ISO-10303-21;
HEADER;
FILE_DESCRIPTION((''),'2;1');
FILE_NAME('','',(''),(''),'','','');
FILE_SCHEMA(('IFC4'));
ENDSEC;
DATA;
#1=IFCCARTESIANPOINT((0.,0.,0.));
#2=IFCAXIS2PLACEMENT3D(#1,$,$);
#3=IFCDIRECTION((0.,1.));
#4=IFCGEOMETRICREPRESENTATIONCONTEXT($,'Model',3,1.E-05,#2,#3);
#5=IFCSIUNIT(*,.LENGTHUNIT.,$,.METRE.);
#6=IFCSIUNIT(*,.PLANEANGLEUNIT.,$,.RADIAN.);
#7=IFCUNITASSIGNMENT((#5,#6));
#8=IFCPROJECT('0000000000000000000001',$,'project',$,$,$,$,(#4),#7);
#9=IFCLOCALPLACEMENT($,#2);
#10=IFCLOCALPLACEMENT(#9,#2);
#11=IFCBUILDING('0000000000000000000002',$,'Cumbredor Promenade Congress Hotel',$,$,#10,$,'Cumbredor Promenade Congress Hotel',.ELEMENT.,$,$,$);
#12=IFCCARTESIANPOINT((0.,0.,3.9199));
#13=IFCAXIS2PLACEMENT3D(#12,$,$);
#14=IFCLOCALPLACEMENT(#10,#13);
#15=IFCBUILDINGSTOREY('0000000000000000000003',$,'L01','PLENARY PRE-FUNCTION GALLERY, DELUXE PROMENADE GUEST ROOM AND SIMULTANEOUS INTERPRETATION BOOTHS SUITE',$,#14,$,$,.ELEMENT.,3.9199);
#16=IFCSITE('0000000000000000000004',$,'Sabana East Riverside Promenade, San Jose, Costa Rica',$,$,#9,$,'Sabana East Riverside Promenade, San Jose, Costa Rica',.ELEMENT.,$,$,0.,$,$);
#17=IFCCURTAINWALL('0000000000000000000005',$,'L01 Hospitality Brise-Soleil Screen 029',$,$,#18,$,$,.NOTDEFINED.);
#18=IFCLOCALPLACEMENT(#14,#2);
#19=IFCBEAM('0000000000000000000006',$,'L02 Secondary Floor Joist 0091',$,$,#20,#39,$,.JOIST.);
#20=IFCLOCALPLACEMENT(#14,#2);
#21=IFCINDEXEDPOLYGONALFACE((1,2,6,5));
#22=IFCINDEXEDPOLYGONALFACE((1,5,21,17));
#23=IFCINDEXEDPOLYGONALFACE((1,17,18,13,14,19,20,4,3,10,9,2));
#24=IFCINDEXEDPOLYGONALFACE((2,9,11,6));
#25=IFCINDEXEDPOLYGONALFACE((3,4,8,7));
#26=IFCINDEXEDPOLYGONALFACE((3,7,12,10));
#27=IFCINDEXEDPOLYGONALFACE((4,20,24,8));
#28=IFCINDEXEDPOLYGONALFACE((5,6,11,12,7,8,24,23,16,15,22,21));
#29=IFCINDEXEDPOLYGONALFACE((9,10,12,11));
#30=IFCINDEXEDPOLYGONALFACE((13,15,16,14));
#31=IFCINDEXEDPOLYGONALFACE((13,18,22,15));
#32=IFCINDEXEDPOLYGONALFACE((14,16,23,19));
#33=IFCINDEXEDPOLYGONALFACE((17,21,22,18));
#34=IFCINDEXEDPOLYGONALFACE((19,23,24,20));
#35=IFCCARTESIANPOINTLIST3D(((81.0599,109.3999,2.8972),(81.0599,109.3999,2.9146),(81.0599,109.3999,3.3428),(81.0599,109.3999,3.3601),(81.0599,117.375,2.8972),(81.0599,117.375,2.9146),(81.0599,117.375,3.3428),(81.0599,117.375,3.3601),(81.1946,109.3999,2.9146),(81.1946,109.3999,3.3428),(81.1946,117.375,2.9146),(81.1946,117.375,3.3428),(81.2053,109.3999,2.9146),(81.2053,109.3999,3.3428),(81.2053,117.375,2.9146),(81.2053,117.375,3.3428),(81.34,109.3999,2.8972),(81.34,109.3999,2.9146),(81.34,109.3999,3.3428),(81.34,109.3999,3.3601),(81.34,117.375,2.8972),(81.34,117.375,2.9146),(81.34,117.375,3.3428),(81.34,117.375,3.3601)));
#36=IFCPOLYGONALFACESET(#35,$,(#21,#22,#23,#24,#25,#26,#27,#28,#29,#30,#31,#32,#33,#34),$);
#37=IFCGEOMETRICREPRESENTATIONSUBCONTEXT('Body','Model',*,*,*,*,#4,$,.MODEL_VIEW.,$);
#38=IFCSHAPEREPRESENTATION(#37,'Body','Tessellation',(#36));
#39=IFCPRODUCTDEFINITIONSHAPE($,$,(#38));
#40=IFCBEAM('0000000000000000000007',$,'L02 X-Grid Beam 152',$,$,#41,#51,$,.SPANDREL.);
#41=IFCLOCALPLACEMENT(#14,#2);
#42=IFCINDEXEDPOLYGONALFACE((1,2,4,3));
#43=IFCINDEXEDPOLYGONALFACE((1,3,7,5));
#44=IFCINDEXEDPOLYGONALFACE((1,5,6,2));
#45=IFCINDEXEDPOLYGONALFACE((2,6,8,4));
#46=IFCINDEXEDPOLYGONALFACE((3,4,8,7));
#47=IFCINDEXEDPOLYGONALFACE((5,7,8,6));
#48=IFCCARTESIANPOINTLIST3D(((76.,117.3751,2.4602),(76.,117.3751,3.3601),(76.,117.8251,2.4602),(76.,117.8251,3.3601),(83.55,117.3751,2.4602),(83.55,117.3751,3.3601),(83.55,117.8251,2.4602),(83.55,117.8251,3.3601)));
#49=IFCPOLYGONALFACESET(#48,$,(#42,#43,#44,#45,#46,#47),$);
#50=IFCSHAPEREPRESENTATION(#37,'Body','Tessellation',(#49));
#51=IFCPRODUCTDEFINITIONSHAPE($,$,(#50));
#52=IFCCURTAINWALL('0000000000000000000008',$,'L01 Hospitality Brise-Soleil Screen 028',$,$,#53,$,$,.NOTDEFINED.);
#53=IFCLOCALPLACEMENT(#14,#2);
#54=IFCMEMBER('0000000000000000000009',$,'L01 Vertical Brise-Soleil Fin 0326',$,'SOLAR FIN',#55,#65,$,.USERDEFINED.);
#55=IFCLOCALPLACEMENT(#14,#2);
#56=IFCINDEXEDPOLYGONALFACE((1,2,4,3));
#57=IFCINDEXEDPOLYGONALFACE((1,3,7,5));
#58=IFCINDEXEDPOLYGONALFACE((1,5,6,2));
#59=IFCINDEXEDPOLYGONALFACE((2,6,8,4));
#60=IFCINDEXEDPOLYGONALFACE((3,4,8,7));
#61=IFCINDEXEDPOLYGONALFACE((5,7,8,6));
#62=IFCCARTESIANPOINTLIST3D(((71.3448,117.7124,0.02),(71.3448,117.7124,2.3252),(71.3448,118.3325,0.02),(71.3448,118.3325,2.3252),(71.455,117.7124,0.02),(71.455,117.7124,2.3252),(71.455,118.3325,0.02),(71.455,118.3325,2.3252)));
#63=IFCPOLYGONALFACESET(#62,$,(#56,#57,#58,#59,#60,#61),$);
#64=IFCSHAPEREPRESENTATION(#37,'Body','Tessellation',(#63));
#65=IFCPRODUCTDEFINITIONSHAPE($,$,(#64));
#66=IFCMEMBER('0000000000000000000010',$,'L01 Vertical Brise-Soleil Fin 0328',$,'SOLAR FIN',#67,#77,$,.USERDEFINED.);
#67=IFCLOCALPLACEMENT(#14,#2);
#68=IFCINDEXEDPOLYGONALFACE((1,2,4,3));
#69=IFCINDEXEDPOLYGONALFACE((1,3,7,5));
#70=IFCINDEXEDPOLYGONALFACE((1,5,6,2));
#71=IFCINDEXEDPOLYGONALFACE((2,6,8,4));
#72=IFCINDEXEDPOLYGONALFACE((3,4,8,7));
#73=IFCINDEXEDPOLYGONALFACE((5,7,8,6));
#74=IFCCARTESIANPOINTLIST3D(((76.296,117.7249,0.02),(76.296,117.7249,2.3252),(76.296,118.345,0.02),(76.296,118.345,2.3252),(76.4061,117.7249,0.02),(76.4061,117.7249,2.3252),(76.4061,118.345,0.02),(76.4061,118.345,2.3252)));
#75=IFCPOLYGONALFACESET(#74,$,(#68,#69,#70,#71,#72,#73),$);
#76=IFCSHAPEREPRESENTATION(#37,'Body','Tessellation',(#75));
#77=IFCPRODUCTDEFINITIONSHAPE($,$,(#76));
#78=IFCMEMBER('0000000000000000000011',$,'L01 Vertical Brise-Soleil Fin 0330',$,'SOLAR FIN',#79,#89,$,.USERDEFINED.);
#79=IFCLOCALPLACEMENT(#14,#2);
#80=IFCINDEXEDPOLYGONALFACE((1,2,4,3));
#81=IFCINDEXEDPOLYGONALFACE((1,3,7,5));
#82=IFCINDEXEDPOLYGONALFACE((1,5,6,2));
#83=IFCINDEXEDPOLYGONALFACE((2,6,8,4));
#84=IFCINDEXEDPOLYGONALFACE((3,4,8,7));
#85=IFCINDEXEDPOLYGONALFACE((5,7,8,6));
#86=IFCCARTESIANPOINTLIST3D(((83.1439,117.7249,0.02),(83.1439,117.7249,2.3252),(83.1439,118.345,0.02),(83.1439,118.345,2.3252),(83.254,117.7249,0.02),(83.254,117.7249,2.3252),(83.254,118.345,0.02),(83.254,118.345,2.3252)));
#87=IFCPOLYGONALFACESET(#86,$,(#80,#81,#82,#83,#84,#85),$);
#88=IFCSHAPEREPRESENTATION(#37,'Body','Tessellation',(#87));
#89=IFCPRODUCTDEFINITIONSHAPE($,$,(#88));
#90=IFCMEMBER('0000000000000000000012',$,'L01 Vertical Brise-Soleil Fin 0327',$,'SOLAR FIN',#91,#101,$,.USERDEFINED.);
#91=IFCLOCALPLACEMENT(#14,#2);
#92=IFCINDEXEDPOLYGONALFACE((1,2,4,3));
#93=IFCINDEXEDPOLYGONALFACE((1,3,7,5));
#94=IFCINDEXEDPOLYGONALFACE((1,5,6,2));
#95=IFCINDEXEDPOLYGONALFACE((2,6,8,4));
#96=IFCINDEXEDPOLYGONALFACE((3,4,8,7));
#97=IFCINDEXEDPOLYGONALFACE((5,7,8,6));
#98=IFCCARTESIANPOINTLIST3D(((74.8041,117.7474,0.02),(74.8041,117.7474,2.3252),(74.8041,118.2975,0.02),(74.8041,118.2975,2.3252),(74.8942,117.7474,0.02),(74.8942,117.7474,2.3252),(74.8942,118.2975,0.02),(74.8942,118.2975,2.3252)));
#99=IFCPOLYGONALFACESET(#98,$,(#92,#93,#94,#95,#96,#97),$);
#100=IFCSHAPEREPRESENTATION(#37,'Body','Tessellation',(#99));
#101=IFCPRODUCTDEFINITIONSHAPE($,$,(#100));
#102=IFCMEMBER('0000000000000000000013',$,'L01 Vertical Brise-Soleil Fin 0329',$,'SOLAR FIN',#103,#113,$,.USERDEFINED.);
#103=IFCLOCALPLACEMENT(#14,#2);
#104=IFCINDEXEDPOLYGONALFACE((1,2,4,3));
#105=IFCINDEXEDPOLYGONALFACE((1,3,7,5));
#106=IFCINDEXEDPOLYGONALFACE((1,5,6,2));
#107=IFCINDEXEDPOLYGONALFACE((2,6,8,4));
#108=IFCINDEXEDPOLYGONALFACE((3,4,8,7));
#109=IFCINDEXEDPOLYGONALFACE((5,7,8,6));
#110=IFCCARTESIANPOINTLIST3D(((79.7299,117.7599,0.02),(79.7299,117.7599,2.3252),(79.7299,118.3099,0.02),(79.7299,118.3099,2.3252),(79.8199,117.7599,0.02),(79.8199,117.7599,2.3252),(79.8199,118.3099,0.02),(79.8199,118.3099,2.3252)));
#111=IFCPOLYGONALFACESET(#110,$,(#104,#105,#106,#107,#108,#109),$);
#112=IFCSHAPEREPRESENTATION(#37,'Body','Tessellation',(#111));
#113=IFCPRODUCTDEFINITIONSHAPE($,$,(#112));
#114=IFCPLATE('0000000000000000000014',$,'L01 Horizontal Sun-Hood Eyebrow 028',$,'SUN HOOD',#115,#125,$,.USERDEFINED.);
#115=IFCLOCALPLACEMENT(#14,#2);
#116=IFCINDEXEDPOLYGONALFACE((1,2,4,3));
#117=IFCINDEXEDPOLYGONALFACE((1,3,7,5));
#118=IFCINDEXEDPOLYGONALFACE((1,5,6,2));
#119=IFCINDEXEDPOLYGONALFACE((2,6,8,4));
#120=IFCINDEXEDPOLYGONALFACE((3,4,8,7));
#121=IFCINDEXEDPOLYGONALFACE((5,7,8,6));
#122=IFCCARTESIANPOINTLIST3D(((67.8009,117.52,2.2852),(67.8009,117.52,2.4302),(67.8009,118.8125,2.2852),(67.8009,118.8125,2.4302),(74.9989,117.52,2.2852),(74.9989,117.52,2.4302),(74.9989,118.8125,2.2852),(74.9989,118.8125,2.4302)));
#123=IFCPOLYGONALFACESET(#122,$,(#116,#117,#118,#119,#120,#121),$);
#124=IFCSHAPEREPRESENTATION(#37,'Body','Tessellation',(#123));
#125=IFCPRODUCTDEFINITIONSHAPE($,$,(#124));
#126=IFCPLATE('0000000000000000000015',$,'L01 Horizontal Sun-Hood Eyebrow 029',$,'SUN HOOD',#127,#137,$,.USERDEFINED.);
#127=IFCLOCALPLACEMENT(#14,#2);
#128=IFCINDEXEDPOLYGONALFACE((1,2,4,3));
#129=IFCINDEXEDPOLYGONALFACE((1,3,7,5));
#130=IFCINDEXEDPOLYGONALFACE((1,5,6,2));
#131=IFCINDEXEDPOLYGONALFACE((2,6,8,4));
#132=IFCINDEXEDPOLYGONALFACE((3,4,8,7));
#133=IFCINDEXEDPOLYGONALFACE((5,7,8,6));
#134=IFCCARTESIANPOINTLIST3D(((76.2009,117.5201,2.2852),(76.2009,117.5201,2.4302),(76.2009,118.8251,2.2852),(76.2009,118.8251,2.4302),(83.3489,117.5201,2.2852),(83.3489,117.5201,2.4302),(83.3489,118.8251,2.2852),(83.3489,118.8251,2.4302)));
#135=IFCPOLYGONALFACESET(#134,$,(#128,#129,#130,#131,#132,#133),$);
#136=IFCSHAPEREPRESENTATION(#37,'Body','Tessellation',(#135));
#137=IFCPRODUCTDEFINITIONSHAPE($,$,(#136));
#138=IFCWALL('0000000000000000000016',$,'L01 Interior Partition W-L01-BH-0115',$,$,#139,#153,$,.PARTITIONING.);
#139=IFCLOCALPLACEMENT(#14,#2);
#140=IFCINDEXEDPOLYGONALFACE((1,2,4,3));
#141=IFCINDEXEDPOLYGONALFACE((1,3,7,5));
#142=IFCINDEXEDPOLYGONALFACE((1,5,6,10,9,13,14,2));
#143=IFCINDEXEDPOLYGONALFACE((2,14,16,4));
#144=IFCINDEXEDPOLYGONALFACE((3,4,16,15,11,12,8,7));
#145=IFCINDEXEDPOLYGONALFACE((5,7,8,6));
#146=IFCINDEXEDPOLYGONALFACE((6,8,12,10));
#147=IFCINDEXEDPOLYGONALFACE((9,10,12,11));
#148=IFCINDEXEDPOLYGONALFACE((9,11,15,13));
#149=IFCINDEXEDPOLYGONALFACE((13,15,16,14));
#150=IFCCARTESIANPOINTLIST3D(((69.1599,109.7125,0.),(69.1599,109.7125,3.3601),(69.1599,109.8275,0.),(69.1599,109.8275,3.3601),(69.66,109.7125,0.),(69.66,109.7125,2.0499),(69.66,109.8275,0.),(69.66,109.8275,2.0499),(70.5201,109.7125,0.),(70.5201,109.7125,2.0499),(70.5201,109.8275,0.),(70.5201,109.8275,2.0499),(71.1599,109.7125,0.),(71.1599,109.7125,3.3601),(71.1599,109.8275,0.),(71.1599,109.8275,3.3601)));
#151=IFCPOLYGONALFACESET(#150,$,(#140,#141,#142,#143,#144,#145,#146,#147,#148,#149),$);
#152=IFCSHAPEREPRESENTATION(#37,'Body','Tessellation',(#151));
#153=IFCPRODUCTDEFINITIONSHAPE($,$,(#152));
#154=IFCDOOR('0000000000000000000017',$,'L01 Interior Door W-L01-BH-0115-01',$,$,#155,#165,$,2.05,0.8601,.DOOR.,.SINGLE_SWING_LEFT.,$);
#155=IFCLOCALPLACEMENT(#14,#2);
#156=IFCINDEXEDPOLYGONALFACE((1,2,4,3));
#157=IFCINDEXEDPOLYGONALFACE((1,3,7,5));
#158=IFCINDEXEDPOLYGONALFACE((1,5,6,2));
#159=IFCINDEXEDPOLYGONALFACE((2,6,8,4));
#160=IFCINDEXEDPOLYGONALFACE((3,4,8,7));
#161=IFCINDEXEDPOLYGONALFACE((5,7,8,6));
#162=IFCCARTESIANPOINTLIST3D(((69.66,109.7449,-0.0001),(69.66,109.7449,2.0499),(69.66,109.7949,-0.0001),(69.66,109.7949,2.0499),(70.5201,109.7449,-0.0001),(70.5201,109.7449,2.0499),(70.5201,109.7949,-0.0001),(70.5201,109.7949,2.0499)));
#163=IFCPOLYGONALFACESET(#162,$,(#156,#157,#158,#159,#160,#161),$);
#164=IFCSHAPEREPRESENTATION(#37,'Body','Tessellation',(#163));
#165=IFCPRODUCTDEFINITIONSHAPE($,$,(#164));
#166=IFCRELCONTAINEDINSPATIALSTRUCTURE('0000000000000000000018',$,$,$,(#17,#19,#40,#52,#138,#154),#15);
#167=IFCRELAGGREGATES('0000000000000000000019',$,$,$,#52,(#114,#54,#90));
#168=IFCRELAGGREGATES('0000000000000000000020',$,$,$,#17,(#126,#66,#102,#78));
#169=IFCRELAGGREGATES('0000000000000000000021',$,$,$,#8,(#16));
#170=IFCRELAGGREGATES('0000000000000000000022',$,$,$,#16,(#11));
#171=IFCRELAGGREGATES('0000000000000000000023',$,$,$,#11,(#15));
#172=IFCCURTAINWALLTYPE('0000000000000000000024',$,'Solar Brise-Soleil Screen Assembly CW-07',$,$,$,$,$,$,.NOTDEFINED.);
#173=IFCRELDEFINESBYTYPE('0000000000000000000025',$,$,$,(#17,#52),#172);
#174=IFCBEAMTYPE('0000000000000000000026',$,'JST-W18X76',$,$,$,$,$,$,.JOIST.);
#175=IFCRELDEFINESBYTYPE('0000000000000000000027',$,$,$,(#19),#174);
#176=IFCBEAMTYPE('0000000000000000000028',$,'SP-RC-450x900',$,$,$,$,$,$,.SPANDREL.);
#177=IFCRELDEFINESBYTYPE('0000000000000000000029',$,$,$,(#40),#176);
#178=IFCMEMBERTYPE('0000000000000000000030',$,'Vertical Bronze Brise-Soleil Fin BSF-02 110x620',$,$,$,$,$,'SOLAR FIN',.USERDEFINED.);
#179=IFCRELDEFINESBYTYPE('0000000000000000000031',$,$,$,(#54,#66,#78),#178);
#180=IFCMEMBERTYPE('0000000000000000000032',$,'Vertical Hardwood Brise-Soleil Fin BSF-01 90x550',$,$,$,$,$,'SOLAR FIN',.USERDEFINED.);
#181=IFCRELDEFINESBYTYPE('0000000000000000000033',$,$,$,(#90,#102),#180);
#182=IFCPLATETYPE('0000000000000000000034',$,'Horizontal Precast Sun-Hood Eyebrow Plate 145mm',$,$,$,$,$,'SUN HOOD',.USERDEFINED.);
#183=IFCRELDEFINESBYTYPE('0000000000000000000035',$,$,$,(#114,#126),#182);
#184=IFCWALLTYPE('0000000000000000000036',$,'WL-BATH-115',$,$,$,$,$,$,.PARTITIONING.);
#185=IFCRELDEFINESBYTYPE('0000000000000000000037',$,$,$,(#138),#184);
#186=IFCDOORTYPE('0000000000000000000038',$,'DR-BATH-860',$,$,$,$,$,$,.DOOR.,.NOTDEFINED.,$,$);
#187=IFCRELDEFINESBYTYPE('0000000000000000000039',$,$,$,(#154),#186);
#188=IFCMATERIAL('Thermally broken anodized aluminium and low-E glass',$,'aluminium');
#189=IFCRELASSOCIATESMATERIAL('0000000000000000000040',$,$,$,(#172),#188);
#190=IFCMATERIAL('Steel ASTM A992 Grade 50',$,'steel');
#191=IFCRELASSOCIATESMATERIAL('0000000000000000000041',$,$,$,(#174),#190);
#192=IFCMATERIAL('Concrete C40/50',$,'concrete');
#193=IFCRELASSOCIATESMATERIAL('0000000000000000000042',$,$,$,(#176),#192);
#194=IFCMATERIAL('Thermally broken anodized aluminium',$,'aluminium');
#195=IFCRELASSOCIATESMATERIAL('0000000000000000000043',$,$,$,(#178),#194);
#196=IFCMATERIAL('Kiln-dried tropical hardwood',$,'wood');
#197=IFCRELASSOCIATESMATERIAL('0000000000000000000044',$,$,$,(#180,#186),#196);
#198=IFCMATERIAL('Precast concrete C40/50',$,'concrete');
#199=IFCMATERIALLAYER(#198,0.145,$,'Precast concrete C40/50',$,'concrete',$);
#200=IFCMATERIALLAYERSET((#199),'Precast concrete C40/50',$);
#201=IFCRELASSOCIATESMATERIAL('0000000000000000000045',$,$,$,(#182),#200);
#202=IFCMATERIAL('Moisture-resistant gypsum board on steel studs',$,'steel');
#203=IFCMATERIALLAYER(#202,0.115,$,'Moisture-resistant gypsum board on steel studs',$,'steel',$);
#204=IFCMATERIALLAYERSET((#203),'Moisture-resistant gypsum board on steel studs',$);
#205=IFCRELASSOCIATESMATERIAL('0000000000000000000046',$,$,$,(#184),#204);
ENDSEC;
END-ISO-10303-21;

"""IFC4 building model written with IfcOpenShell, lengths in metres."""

from ifc_helpers import new_model, si_unit, direction, frame, frame_2d, origin, origin_2d, place, context, subcontext, project, spatial, rectangle, i_section, extrude, material, layer, layer_set, material_profile, profile_set, type_object, element, fill, aggregate, save


model = new_model("IFC4")

# Units and contexts
model_context = context("Model", 3, precision=1e-05, world=origin(), true_north=direction((0.0, 1.0)))
body_context = subcontext(model_context, "Body", "Model", "MODEL_VIEW")
ifc_project = project(units=[si_unit("LENGTHUNIT", "METRE"), si_unit("PLANEANGLEUNIT", "RADIAN")], contexts=[model_context])

# Site, building, storey
site_placement = place(None, origin())
site = spatial("IfcSite", under=ifc_project, at=site_placement, Name="Sabana East Riverside Promenade, San Jose, Costa Rica", LongName="Sabana East Riverside Promenade, San Jose, Costa Rica", CompositionType="ELEMENT", RefElevation=0.0)
building_placement = place(site_placement, origin())
building = spatial("IfcBuilding", under=site, at=building_placement, Name="Cumbredor Promenade Congress Hotel", LongName="Cumbredor Promenade Congress Hotel", CompositionType="ELEMENT")
storey_placement = place(building_placement, frame((0.0, 0.0, 3.9199)))
storey = spatial("IfcBuildingStorey", under=building, at=storey_placement, Name="L01", Description="PLENARY PRE-FUNCTION GALLERY, DELUXE PROMENADE GUEST ROOM AND SIMULTANEOUS INTERPRETATION BOOTHS SUITE", CompositionType="ELEMENT", Elevation=3.9199)

# Shared definitions
ifc_material_1 = material(Name="Concrete C40/50", Category="concrete")
ifc_material_2 = material(Name="Steel ASTM A992 Grade 50", Category="steel")

# Curtain wall
ifc_material_3 = material(Name="Thermally broken anodized aluminium and low-E glass", Category="aluminium")
curtain_wall_type = type_object("IfcCurtainWallType", Name="Solar Brise-Soleil Screen Assembly CW-07", PredefinedType="NOTDEFINED", material=ifc_material_3)
curtain_wall_1_placement = place(storey_placement, origin())
curtain_wall_1 = element("IfcCurtainWall", 1, at=curtain_wall_1_placement, inside=storey, type_object=curtain_wall_type, Name="L01 Hospitality Brise-Soleil Screen 029", PredefinedType="NOTDEFINED")
ifc_material_4 = material(Name="Thermally broken anodized aluminium", Category="aluminium")

# Beams
ifc_material_profile_1 = material_profile(ifc_material_2, i_section(OverallWidth=0.28, OverallDepth=0.4629, WebThickness=0.0107, FlangeThickness=0.0173, at=origin_2d()), Name="W18X76")
ifc_profile_set_1 = profile_set([ifc_material_profile_1], Name="Steel ASTM A992 Grade 50")
beam_type_1 = type_object("IfcBeamType", Name="JST-W18X76", PredefinedType="JOIST", material=ifc_profile_set_1)
for number, where, z_axis, x_axis, name in (
    (2, (81.2, 109.3999, 3.1287), (0.0, 1.0, 0.0), (-1.0, 0.0, 0.0), "L02 Secondary Floor Joist 0091"),
):
    element("IfcBeam", number, at=place(storey_placement, frame(where, z_axis=z_axis, x_axis=x_axis)), inside=storey, type_object=beam_type_1, Name=name, PredefinedType="JOIST", context=body_context, shape_type="SweptSolid", body=[
        extrude(i_section(OverallWidth=0.28, OverallDepth=0.4629, WebThickness=0.0107, FlangeThickness=0.0173, at=origin_2d()), origin(), (0.0, 0.0, 1.0), 7.9751),
    ])
ifc_material_profile_2 = material_profile(ifc_material_1, rectangle(XDim=0.45, YDim=0.8999, at=origin_2d()), Name="RC SPANDREL 450x900")
ifc_profile_set_2 = profile_set([ifc_material_profile_2], Name="Concrete C40/50")
beam_type_2 = type_object("IfcBeamType", Name="SP-RC-450x900", PredefinedType="SPANDREL", material=ifc_profile_set_2)
beam_1_placement = place(storey_placement, frame((76.0, 117.6001, 2.9102), z_axis=(1.0, 0.0, 0.0), x_axis=(0.0, 1.0, 0.0)))
element("IfcBeam", 3, at=beam_1_placement, inside=storey, type_object=beam_type_2, Name="L02 X-Grid Beam 152", PredefinedType="SPANDREL", context=body_context, shape_type="SweptSolid", body=[
    extrude(rectangle(XDim=0.45, YDim=0.8999, at=origin_2d()), origin(), (0.0, 0.0, 1.0), 7.55),
])

# Curtain wall, member
curtain_wall_2_placement = place(storey_placement, origin())
curtain_wall_2 = element("IfcCurtainWall", 4, at=curtain_wall_2_placement, inside=storey, type_object=curtain_wall_type, Name="L01 Hospitality Brise-Soleil Screen 028", PredefinedType="NOTDEFINED")
ifc_material_profile_3 = material_profile(ifc_material_4, rectangle(XDim=0.1101, YDim=0.6201, at=origin_2d()), Name="ARCH FIN 110x620")
ifc_profile_set_3 = profile_set([ifc_material_profile_3], Name="Thermally broken anodized aluminium")
member_type_1 = type_object("IfcMemberType", Name="Vertical Bronze Brise-Soleil Fin BSF-02 110x620", ElementType="SOLAR FIN", PredefinedType="USERDEFINED", material=ifc_profile_set_3)
member_1_placement = place(storey_placement, frame((71.3999, 118.0225, 0.02), z_axis=(0.0, 0.0, 1.0), x_axis=(1.0, 0.0, 0.0)))
member_1 = element("IfcMember", 5, at=member_1_placement, type_object=member_type_1, Name="L01 Vertical Brise-Soleil Fin 0326", ObjectType="SOLAR FIN", PredefinedType="USERDEFINED", context=body_context, shape_type="SweptSolid", body=[
    extrude(rectangle(XDim=0.1101, YDim=0.6201, at=origin_2d()), origin(), (0.0, 0.0, 1.0), 2.3052),
])

# Members
member_2_placement = place(storey_placement, frame((76.3511, 118.0349, 0.02), z_axis=(0.0, 0.0, 1.0), x_axis=(1.0, 0.0, 0.0)))
member_2 = element("IfcMember", 6, at=member_2_placement, type_object=member_type_1, Name="L01 Vertical Brise-Soleil Fin 0328", ObjectType="SOLAR FIN", PredefinedType="USERDEFINED", context=body_context, shape_type="SweptSolid", body=[
    extrude(rectangle(XDim=0.1101, YDim=0.6201, at=origin_2d()), origin(), (0.0, 0.0, 1.0), 2.3052),
])
member_3_placement = place(storey_placement, frame((83.199, 118.0349, 0.02), z_axis=(0.0, 0.0, 1.0), x_axis=(1.0, 0.0, 0.0)))
member_3 = element("IfcMember", 7, at=member_3_placement, type_object=member_type_1, Name="L01 Vertical Brise-Soleil Fin 0330", ObjectType="SOLAR FIN", PredefinedType="USERDEFINED", context=body_context, shape_type="SweptSolid", body=[
    extrude(rectangle(XDim=0.1101, YDim=0.6201, at=origin_2d()), origin(), (0.0, 0.0, 1.0), 2.3052),
])
ifc_material_5 = material(Name="Kiln-dried tropical hardwood", Category="wood")
ifc_material_profile_4 = material_profile(ifc_material_5, rectangle(XDim=0.0901, YDim=0.55, at=origin_2d()), Name="ARCH FIN 90x550")
ifc_profile_set_4 = profile_set([ifc_material_profile_4], Name="Kiln-dried tropical hardwood")
member_type_2 = type_object("IfcMemberType", Name="Vertical Hardwood Brise-Soleil Fin BSF-01 90x550", ElementType="SOLAR FIN", PredefinedType="USERDEFINED", material=ifc_profile_set_4)
member_4_placement = place(storey_placement, frame((74.8491, 118.0225, 0.02), z_axis=(0.0, 0.0, 1.0), x_axis=(1.0, 0.0, 0.0)))
member_4 = element("IfcMember", 8, at=member_4_placement, type_object=member_type_2, Name="L01 Vertical Brise-Soleil Fin 0327", ObjectType="SOLAR FIN", PredefinedType="USERDEFINED", context=body_context, shape_type="SweptSolid", body=[
    extrude(rectangle(XDim=0.0901, YDim=0.55, at=origin_2d()), origin(), (0.0, 0.0, 1.0), 2.3052),
])
member_5_placement = place(storey_placement, frame((79.7749, 118.0349, 0.02), z_axis=(0.0, 0.0, 1.0), x_axis=(1.0, 0.0, 0.0)))
member_5 = element("IfcMember", 9, at=member_5_placement, type_object=member_type_2, Name="L01 Vertical Brise-Soleil Fin 0329", ObjectType="SOLAR FIN", PredefinedType="USERDEFINED", context=body_context, shape_type="SweptSolid", body=[
    extrude(rectangle(XDim=0.0901, YDim=0.55, at=origin_2d()), origin(), (0.0, 0.0, 1.0), 2.3052),
])

# Plates
ifc_material_6 = material(Name="Precast concrete C40/50", Category="concrete")
ifc_layer_1 = layer(ifc_material_6, 0.145, Name="Precast concrete C40/50", Category="concrete")
ifc_layer_set_1 = layer_set([ifc_layer_1], Name="Precast concrete C40/50")
plate_type = type_object("IfcPlateType", Name="Horizontal Precast Sun-Hood Eyebrow Plate 145mm", ElementType="SUN HOOD", PredefinedType="USERDEFINED", material=ifc_layer_set_1)
plate_1_placement = place(storey_placement, frame((71.3999, 118.1663, 2.2852), z_axis=(0.0, 0.0, 1.0), x_axis=(1.0, 0.0, 0.0)))
plate_1 = element("IfcPlate", 10, at=plate_1_placement, type_object=plate_type, Name="L01 Horizontal Sun-Hood Eyebrow 028", ObjectType="SUN HOOD", PredefinedType="USERDEFINED", context=body_context, shape_type="SweptSolid", body=[
    extrude(rectangle(XDim=7.198, YDim=1.2925, at=origin_2d()), origin(), (0.0, 0.0, 1.0), 0.145),
])
aggregate(curtain_wall_2, [plate_1, member_1, member_4])
plate_2_placement = place(storey_placement, frame((79.7749, 118.1726, 2.2852), z_axis=(0.0, 0.0, 1.0), x_axis=(1.0, 0.0, 0.0)))
plate_2 = element("IfcPlate", 11, at=plate_2_placement, type_object=plate_type, Name="L01 Horizontal Sun-Hood Eyebrow 029", ObjectType="SUN HOOD", PredefinedType="USERDEFINED", context=body_context, shape_type="SweptSolid", body=[
    extrude(rectangle(XDim=7.1479, YDim=1.3049, at=origin_2d()), origin(), (0.0, 0.0, 1.0), 0.145),
])
aggregate(curtain_wall_1, [plate_2, member_2, member_5, member_3])

# Wall, opening, door
ifc_material_7 = material(Name="Moisture-resistant gypsum board on steel studs", Category="steel")
ifc_layer_2 = layer(ifc_material_7, 0.115, Name="Moisture-resistant gypsum board on steel studs", Category="steel")
ifc_layer_set_2 = layer_set([ifc_layer_2], Name="Moisture-resistant gypsum board on steel studs")
wall_type_1 = type_object("IfcWallType", Name="WL-BATH-115", PredefinedType="PARTITIONING", material=ifc_layer_set_2)
wall_1_placement = place(storey_placement, frame((69.1599, 109.77, 0.0), z_axis=(0.0, 0.0, 1.0), x_axis=(1.0, 0.0, 0.0)))
wall_1 = element("IfcWall", 12, at=wall_1_placement, inside=storey, type_object=wall_type_1, Name="L01 Interior Partition W-L01-BH-0115", PredefinedType="PARTITIONING", context=body_context, shape_type="SweptSolid", body=[
    extrude(rectangle(XDim=2.0, YDim=0.115, at=frame_2d((1.0, 0.0))), origin(), (0.0, 0.0, 1.0), 3.3601),
])
opening_1_placement = place(wall_1_placement, frame((0.5, 0.0, 0.0)))
opening_1 = element("IfcOpeningElement", 13, at=opening_1_placement, cuts=wall_1, PredefinedType="OPENING", context=body_context, shape_type="SweptSolid", body=[
    extrude(rectangle(XDim=0.8601, YDim=2.05, at=frame_2d((0.4302, 1.0249))), frame((0.0, 0.0674, 0.0), z_axis=(0.0, -1.0, 0.0), x_axis=(1.0, 0.0, 0.0)), (0.0, 0.0, 1.0), 0.135),
])
door_type = type_object("IfcDoorType", Name="DR-BATH-860", OperationType="NOTDEFINED", PredefinedType="DOOR", material=ifc_material_5)
door_1_placement = place(opening_1_placement, origin())
door_1 = element("IfcDoor", 14, at=door_1_placement, inside=storey, type_object=door_type, Name="L01 Interior Door W-L01-BH-0115-01", OperationType="SINGLE_SWING_LEFT", OverallHeight=2.05, OverallWidth=0.8601, PredefinedType="DOOR", context=body_context, shape_type="SweptSolid", body=[
    extrude(rectangle(XDim=0.8601, YDim=2.05, at=frame_2d((0.4302, 1.0249))), frame((0.0, 0.0249, 0.0), z_axis=(0.0, -1.0, 0.0), x_axis=(1.0, 0.0, 0.0)), (0.0, 0.0, 1.0), 0.05),
])
fill(opening_1, door_1)

save(model, "model.ifc")
